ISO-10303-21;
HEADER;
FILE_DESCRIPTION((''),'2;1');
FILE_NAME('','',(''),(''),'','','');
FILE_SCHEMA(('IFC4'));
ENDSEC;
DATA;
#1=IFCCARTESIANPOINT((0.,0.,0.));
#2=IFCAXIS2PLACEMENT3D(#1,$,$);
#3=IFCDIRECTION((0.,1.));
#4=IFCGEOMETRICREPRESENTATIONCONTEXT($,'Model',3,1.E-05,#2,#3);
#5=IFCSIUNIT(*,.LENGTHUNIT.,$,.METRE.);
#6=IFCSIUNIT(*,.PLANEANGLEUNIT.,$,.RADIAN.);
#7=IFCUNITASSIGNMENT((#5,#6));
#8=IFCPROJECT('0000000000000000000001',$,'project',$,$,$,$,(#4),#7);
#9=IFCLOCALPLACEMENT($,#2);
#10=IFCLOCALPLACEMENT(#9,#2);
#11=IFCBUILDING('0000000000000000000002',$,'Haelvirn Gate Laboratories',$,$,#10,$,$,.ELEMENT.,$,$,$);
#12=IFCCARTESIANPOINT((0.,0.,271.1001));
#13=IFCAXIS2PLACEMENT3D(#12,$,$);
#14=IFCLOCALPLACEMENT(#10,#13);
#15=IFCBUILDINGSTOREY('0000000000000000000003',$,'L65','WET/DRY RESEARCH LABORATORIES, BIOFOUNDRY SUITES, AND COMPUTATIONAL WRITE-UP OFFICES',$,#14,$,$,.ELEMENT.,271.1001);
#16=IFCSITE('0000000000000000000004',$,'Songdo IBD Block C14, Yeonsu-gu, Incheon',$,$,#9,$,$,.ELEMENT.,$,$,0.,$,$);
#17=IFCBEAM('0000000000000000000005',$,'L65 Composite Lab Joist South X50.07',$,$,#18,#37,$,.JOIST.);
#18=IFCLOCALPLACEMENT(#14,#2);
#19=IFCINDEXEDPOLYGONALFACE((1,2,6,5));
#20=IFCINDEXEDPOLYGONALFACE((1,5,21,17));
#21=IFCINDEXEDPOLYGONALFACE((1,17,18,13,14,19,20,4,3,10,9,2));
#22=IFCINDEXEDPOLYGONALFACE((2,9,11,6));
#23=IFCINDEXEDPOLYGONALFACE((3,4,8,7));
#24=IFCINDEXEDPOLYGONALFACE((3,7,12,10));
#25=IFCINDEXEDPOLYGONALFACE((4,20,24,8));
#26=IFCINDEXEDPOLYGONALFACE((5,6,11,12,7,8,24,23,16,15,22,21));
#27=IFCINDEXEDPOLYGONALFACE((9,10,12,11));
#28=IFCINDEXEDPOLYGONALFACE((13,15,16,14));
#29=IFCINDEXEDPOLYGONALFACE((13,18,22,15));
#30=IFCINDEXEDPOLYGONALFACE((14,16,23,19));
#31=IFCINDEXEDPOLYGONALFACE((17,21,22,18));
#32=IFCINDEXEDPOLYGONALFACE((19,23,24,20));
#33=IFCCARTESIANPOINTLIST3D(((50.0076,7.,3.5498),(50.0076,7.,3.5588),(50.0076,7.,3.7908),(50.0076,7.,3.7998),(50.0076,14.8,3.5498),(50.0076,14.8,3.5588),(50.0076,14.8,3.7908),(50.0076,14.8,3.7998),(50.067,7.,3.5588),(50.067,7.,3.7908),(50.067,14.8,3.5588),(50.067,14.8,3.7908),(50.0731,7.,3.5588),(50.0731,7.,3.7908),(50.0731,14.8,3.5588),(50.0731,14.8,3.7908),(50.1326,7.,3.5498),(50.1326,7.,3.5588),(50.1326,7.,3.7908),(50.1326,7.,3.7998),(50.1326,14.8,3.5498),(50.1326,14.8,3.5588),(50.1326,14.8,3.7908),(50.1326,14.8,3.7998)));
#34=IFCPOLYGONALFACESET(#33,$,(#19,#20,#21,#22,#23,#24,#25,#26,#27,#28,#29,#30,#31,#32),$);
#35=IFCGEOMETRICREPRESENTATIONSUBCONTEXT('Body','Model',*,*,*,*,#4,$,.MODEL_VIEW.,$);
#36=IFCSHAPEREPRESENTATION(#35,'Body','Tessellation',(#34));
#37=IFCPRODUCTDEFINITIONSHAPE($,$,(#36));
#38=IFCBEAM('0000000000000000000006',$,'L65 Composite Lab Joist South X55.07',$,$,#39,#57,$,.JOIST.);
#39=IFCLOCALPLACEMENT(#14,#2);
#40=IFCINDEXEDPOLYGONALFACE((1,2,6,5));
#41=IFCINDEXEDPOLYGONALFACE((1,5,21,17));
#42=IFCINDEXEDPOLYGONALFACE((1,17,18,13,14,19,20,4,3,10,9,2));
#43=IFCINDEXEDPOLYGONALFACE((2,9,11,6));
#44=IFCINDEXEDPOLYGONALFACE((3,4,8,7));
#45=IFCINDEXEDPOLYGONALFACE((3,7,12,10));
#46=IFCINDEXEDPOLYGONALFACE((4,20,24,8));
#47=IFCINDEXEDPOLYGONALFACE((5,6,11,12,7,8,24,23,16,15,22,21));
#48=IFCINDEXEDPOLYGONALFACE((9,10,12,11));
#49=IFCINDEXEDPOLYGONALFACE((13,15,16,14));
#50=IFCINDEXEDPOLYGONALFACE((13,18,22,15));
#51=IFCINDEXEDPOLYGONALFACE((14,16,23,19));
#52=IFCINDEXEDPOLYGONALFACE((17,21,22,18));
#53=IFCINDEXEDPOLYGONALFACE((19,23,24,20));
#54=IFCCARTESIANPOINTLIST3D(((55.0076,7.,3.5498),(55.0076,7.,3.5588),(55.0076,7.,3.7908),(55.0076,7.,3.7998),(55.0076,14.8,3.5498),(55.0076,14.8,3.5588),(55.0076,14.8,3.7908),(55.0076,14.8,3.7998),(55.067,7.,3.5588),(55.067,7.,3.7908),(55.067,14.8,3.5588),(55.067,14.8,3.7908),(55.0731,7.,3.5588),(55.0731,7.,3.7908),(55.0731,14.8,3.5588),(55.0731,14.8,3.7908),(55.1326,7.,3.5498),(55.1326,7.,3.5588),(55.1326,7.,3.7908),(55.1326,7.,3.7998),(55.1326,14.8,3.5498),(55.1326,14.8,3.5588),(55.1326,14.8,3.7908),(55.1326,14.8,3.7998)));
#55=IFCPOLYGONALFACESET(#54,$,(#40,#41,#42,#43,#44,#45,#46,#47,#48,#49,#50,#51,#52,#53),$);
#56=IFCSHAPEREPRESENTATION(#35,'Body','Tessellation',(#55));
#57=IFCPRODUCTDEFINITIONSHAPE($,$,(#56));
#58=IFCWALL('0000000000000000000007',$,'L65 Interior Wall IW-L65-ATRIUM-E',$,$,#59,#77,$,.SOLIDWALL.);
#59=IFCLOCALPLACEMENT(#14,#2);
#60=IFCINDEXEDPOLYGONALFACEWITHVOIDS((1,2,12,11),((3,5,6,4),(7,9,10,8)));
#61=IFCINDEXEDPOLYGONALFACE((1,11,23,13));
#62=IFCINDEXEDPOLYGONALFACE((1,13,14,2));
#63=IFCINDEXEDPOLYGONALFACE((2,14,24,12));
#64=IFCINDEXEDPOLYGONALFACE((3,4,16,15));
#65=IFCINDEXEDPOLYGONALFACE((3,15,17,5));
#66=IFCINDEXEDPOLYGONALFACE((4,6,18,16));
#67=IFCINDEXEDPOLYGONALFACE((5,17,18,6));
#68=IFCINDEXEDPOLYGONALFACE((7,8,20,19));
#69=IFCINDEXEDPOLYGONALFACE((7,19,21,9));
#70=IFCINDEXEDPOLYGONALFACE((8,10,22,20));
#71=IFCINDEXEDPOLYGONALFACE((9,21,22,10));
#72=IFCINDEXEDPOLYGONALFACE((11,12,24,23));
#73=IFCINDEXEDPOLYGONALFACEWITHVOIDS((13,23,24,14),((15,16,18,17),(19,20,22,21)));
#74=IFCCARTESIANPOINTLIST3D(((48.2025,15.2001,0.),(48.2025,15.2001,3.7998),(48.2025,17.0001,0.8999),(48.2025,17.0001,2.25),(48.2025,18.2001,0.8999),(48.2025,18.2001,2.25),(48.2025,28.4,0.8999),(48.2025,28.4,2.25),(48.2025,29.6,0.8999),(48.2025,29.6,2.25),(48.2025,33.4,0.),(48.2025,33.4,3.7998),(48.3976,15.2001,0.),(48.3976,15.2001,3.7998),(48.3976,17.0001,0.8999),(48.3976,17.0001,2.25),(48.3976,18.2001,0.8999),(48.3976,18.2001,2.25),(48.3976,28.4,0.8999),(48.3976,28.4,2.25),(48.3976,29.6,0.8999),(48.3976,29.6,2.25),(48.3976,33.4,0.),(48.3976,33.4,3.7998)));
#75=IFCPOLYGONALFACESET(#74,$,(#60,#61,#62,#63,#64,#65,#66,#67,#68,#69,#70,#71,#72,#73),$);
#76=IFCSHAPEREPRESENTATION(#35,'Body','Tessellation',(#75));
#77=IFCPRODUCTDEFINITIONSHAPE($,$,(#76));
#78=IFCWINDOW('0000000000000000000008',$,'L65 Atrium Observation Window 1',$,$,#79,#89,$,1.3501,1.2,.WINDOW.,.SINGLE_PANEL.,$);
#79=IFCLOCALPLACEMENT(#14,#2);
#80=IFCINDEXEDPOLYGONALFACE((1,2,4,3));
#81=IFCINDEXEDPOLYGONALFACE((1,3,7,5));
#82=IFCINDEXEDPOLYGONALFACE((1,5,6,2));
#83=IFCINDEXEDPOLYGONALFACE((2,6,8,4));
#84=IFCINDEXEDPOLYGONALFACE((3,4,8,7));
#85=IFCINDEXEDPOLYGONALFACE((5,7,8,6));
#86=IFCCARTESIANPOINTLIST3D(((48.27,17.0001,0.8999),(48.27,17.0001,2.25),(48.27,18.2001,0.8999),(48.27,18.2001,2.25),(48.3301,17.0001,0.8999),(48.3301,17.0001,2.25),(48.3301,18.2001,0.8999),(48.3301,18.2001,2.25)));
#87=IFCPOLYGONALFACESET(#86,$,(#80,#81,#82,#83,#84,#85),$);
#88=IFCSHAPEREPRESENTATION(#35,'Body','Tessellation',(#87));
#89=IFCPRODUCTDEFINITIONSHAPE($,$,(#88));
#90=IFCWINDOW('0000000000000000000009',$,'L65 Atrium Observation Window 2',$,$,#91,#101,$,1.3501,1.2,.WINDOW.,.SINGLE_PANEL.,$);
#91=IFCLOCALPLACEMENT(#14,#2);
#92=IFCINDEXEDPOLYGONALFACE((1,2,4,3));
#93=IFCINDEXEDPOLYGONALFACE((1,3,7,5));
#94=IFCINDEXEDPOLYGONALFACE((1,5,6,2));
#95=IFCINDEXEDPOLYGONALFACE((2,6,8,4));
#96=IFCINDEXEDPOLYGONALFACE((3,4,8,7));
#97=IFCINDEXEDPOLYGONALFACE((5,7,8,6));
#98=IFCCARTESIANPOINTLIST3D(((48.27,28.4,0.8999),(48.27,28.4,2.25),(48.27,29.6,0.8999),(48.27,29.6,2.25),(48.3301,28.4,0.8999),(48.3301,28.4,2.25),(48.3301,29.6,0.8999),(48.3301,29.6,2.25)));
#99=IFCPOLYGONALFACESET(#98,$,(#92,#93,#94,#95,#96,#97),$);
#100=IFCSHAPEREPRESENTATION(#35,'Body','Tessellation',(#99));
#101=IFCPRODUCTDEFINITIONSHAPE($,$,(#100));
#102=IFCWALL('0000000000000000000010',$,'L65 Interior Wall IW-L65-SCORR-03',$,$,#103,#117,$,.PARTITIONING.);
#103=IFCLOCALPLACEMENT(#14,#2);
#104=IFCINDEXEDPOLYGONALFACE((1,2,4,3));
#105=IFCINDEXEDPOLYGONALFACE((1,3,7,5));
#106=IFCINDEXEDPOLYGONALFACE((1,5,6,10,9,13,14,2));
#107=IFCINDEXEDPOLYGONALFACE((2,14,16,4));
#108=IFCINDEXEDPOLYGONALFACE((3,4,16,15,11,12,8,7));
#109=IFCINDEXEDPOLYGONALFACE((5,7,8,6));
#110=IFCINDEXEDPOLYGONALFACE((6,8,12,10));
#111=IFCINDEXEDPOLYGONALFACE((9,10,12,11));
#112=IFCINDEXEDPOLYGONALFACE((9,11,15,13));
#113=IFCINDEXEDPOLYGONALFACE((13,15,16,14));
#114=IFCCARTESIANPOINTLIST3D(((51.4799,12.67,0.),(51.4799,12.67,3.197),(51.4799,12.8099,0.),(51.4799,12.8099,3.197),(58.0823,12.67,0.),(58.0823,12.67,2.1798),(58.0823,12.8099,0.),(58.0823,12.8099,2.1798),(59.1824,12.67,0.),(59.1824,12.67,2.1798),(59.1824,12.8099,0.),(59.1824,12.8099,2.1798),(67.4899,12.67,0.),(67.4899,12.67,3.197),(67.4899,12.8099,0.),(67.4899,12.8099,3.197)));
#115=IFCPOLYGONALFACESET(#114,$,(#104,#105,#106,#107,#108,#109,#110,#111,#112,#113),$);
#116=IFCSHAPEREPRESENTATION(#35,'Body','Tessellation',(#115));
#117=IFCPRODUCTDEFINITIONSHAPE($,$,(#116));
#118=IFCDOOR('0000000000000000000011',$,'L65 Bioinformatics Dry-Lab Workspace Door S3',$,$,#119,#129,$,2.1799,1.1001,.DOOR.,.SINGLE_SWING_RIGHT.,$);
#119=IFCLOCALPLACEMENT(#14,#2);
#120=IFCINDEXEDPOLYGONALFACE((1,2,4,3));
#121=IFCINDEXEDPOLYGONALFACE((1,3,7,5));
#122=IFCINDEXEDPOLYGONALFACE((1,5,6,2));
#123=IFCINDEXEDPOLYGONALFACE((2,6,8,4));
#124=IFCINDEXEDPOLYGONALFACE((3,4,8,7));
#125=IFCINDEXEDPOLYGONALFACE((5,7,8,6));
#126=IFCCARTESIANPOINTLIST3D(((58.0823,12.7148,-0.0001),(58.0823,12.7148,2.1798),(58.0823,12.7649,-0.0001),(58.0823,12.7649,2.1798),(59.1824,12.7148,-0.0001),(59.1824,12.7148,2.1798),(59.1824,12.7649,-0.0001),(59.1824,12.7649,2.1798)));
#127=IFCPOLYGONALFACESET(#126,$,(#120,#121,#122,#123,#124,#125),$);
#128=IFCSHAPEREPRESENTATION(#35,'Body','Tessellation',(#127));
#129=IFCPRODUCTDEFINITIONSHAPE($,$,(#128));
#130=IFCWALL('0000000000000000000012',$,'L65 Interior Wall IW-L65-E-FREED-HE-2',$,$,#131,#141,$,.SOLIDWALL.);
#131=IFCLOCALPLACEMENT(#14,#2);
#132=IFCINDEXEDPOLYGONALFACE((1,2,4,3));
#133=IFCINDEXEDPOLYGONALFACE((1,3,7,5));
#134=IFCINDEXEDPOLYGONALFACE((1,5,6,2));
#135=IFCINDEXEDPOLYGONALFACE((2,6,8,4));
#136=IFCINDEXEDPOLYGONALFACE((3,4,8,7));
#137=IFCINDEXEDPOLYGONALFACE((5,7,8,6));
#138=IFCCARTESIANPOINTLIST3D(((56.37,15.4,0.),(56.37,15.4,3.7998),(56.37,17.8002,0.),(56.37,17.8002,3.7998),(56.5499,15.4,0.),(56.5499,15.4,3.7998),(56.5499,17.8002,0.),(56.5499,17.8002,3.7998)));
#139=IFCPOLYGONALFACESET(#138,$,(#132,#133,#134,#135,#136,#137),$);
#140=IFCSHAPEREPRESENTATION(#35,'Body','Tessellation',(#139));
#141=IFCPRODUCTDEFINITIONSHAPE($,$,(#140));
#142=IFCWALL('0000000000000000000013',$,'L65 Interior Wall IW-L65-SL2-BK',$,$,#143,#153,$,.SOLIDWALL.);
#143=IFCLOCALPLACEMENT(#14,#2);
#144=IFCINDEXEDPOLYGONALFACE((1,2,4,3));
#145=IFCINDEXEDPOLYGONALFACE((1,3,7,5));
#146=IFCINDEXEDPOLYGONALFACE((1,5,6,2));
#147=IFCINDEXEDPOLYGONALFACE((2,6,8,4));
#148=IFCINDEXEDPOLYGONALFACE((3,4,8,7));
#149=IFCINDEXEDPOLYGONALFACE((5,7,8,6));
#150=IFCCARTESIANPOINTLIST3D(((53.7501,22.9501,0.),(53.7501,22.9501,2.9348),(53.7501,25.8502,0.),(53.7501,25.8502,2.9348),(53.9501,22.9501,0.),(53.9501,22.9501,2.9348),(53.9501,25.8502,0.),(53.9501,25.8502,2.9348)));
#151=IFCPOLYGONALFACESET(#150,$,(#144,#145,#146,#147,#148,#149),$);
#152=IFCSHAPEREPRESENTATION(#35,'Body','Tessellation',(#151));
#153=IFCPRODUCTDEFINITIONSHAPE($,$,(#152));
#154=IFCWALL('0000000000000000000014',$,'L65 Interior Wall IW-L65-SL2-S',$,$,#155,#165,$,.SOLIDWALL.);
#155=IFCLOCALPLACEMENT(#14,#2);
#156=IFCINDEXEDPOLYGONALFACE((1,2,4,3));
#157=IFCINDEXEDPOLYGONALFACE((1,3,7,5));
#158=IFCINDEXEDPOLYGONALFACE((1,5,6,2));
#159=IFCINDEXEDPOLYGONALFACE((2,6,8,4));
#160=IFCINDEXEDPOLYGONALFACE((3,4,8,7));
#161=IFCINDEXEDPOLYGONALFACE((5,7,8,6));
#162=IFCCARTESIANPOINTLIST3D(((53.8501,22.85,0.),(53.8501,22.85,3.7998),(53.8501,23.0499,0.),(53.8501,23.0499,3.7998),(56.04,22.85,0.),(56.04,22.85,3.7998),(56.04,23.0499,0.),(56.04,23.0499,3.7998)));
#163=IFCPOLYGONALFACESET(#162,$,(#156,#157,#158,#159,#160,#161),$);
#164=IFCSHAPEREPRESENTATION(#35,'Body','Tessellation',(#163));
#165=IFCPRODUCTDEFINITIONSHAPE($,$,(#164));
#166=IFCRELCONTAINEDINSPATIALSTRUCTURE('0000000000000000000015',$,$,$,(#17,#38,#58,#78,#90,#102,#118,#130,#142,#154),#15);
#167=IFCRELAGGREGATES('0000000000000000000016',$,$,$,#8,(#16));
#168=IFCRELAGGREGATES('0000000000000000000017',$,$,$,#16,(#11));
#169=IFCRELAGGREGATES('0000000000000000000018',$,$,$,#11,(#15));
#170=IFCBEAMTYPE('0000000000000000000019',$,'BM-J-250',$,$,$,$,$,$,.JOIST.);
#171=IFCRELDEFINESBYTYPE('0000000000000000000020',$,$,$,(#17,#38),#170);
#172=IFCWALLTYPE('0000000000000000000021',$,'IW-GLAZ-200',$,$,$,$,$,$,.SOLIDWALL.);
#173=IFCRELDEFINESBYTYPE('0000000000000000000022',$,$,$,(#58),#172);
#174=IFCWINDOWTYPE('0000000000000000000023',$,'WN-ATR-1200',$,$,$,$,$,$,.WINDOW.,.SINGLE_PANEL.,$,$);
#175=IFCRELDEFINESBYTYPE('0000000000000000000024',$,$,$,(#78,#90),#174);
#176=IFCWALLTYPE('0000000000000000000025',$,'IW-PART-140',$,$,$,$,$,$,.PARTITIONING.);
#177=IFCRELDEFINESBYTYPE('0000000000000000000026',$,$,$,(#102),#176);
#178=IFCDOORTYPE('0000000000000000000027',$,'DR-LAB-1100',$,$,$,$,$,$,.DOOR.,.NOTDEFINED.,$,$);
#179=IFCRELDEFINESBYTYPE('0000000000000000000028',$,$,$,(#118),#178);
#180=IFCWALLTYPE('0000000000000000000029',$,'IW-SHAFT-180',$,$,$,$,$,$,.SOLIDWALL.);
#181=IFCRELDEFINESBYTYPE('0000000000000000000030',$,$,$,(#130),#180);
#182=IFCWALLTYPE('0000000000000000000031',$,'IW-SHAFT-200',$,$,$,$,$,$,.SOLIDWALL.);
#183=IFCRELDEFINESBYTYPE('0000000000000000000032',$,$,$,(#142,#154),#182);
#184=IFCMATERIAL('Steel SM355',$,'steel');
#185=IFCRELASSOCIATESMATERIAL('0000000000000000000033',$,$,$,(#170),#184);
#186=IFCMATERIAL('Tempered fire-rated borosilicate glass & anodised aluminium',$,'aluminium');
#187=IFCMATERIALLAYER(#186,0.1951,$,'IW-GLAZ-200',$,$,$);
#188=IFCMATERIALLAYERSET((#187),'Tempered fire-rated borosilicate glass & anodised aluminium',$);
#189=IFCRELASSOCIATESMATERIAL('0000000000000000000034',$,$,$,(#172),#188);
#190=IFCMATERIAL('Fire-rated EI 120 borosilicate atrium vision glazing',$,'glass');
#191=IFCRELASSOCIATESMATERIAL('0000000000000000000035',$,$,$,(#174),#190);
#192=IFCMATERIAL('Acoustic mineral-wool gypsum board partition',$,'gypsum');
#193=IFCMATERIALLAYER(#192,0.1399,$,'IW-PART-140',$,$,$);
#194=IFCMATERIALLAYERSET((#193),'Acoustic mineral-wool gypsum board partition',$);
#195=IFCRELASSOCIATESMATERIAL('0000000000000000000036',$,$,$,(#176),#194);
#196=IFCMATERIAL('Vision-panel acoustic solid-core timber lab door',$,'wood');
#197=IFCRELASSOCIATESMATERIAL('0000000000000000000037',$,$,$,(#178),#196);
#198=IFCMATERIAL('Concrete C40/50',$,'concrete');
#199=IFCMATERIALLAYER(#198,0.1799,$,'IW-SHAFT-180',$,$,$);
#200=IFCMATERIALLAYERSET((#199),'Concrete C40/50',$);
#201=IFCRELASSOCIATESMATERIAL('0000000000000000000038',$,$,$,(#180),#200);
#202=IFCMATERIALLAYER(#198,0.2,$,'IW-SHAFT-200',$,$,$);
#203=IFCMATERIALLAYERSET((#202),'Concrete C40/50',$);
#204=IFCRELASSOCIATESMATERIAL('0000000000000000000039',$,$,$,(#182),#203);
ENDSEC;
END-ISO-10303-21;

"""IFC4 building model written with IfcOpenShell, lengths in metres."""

from ifc_helpers import new_model, si_unit, direction, frame, frame_2d, origin, origin_2d, place, context, subcontext, project, spatial, rectangle, i_section, extrude, source, transform, mapped, material, layer, layer_set, material_profile, profile_set, type_object, type_shapes, element, fill, save


model = new_model("IFC4")

# Units and contexts
model_context = context("Model", 3, precision=1e-05, world=origin(), true_north=direction((0.0, 1.0)))
body_context = subcontext(model_context, "Body", "Model", "MODEL_VIEW")
ifc_project = project(units=[si_unit("LENGTHUNIT", "METRE"), si_unit("PLANEANGLEUNIT", "RADIAN")], contexts=[model_context])

# Site, building, storey
site_placement = place(None, origin())
site = spatial("IfcSite", under=ifc_project, at=site_placement, Name="Songdo IBD Block C14, Yeonsu-gu, Incheon", CompositionType="ELEMENT", RefElevation=0.0)
building_placement = place(site_placement, origin())
building = spatial("IfcBuilding", under=site, at=building_placement, Name="Haelvirn Gate Laboratories", CompositionType="ELEMENT")
storey_placement = place(building_placement, frame((0.0, 0.0, 271.1001)))
storey = spatial("IfcBuildingStorey", under=building, at=storey_placement, Name="L65", Description="WET/DRY RESEARCH LABORATORIES, BIOFOUNDRY SUITES, AND COMPUTATIONAL WRITE-UP OFFICES", CompositionType="ELEMENT", Elevation=271.1001)

# Shared definitions
ifc_material_1 = material(Name="Steel SM355", Category="steel")

# Beams
ifc_material_profile_1 = material_profile(ifc_material_1, i_section(OverallWidth=0.125, OverallDepth=0.25, WebThickness=0.0061, FlangeThickness=0.009, at=origin_2d()), Name="H-250x125x6x9")
ifc_profile_set_1 = profile_set([ifc_material_profile_1], Name="Steel SM355")
beam_type_1 = type_object("IfcBeamType", Name="BM-J-250", PredefinedType="JOIST", material=ifc_profile_set_1)
shared_shape_1 = source(origin(), body_context, "Body", "SweptSolid", [
    extrude(i_section(OverallWidth=0.125, OverallDepth=0.25, WebThickness=0.0061, FlangeThickness=0.009, at=origin_2d()), origin(), (0.0, 0.0, 1.0), 7.8),
])
type_shapes(beam_type_1, [shared_shape_1])
for number, where, z_axis, x_axis, name in (
    (1, (50.0701, 7.0, 3.6748), (0.0, 1.0, 0.0), (-1.0, 0.0, 0.0), "L65 Composite Lab Joist South X50.07"),
    (2, (55.0701, 7.0, 3.6748), (0.0, 1.0, 0.0), (-1.0, 0.0, 0.0), "L65 Composite Lab Joist South X55.07"),
):
    element("IfcBeam", number, at=place(storey_placement, frame(where, z_axis=z_axis, x_axis=x_axis)), inside=storey, type_object=beam_type_1, Name=name, PredefinedType="JOIST", context=body_context, shape_type="MappedRepresentation", body=[
        mapped(shared_shape_1, transform((0.0, 0.0, 0.0), scale=1.0)),
    ])

# Wall, openings, windows
ifc_material_2 = material(Name="Tempered fire-rated borosilicate glass & anodised aluminium", Category="aluminium")
ifc_layer_1 = layer(ifc_material_2, 0.1951, Name="IW-GLAZ-200")
ifc_layer_set_1 = layer_set([ifc_layer_1], Name="Tempered fire-rated borosilicate glass & anodised aluminium")
wall_type_1 = type_object("IfcWallType", Name="IW-GLAZ-200", PredefinedType="SOLIDWALL", material=ifc_layer_set_1)
wall_1_placement = place(storey_placement, frame((48.3, 15.2, 0.0), z_axis=(0.0, 0.0, 1.0), x_axis=(0.0, 1.0, 0.0)))
wall_1 = element("IfcWall", 3, at=wall_1_placement, inside=storey, type_object=wall_type_1, Name="L65 Interior Wall IW-L65-ATRIUM-E", PredefinedType="SOLIDWALL", context=body_context, shape_type="SweptSolid", body=[
    extrude(rectangle(XDim=18.2, YDim=0.1951, at=frame_2d((9.1001, 0.0))), origin(), (0.0, 0.0, 1.0), 3.7998),
])
opening_1_placement = place(wall_1_placement, frame((1.8, 0.0, 0.8999)))
opening_1 = element("IfcOpeningElement", 4, at=opening_1_placement, cuts=wall_1, PredefinedType="OPENING", context=body_context, shape_type="SweptSolid", body=[
    extrude(rectangle(XDim=1.2, YDim=1.3501, at=frame_2d((0.6001, 0.675))), frame((0.0, 0.1074, 0.0), z_axis=(0.0, -1.0, 0.0), x_axis=(1.0, 0.0, 0.0)), (0.0, 0.0, 1.0), 0.2151),
])
opening_2_placement = place(wall_1_placement, frame((13.2, 0.0, 0.8999)))
opening_2 = element("IfcOpeningElement", 5, at=opening_2_placement, cuts=wall_1, PredefinedType="OPENING", context=body_context, shape_type="SweptSolid", body=[
    extrude(rectangle(XDim=1.2, YDim=1.3501, at=frame_2d((0.6001, 0.675))), frame((0.0, 0.1074, 0.0), z_axis=(0.0, -1.0, 0.0), x_axis=(1.0, 0.0, 0.0)), (0.0, 0.0, 1.0), 0.2151),
])
ifc_material_3 = material(Name="Fire-rated EI 120 borosilicate atrium vision glazing", Category="glass")
window_type = type_object("IfcWindowType", Name="WN-ATR-1200", PartitioningType="SINGLE_PANEL", PredefinedType="WINDOW", material=ifc_material_3)
shared_shape_2 = source(origin(), body_context, "Body", "SweptSolid", [
    extrude(rectangle(XDim=1.2, YDim=1.3501, at=frame_2d((0.6001, 0.675))), frame((0.0, 0.03, 0.0), z_axis=(0.0, -1.0, 0.0), x_axis=(1.0, 0.0, 0.0)), (0.0, 0.0, 1.0), 0.0601),
])
type_shapes(window_type, [shared_shape_2])
window_1_placement = place(opening_1_placement, origin())
window_1 = element("IfcWindow", 6, at=window_1_placement, inside=storey, type_object=window_type, Name="L65 Atrium Observation Window 1", OverallHeight=1.3501, OverallWidth=1.2, PartitioningType="SINGLE_PANEL", PredefinedType="WINDOW", context=body_context, shape_type="MappedRepresentation", body=[
    mapped(shared_shape_2, transform((0.0, 0.0, 0.0), scale=1.0)),
])
fill(opening_1, window_1)
window_2_placement = place(opening_2_placement, origin())
window_2 = element("IfcWindow", 7, at=window_2_placement, inside=storey, type_object=window_type, Name="L65 Atrium Observation Window 2", OverallHeight=1.3501, OverallWidth=1.2, PartitioningType="SINGLE_PANEL", PredefinedType="WINDOW", context=body_context, shape_type="MappedRepresentation", body=[
    mapped(shared_shape_2, transform((0.0, 0.0, 0.0), scale=1.0)),
])
fill(opening_2, window_2)

# Wall, opening, door
ifc_material_4 = material(Name="Acoustic mineral-wool gypsum board partition", Category="gypsum")
ifc_layer_2 = layer(ifc_material_4, 0.1399, Name="IW-PART-140")
ifc_layer_set_2 = layer_set([ifc_layer_2], Name="Acoustic mineral-wool gypsum board partition")
wall_type_2 = type_object("IfcWallType", Name="IW-PART-140", PredefinedType="PARTITIONING", material=ifc_layer_set_2)
wall_2_placement = place(storey_placement, frame((51.48, 12.74, 0.0), z_axis=(0.0, 0.0, 1.0), x_axis=(1.0, 0.0, 0.0)))
wall_2 = element("IfcWall", 8, at=wall_2_placement, inside=storey, type_object=wall_type_2, Name="L65 Interior Wall IW-L65-SCORR-03", PredefinedType="PARTITIONING", context=body_context, shape_type="SweptSolid", body=[
    extrude(rectangle(XDim=16.01, YDim=0.1399, at=frame_2d((8.0049, 0.0))), origin(), (0.0, 0.0, 1.0), 3.197),
])
opening_3_placement = place(wall_2_placement, frame((6.6023, 0.0, 0.0)))
opening_3 = element("IfcOpeningElement", 9, at=opening_3_placement, cuts=wall_2, PredefinedType="OPENING", context=body_context, shape_type="SweptSolid", body=[
    extrude(rectangle(XDim=1.1001, YDim=2.1799, at=frame_2d((0.55, 1.0898))), frame((0.0, 0.0801, 0.0), z_axis=(0.0, -1.0, 0.0), x_axis=(1.0, 0.0, 0.0)), (0.0, 0.0, 1.0), 0.1599),
])
ifc_material_5 = material(Name="Vision-panel acoustic solid-core timber lab door", Category="wood")
door_type_1 = type_object("IfcDoorType", Name="DR-LAB-1100", OperationType="NOTDEFINED", PredefinedType="DOOR", material=ifc_material_5)
shared_shape_3 = source(origin(), body_context, "Body", "SweptSolid", [
    extrude(rectangle(XDim=1.1001, YDim=2.1799, at=frame_2d((0.55, 1.0898))), frame((0.0, 0.0249, 0.0), z_axis=(0.0, -1.0, 0.0), x_axis=(1.0, 0.0, 0.0)), (0.0, 0.0, 1.0), 0.05),
])
type_shapes(door_type_1, [shared_shape_3])
door_1_placement = place(opening_3_placement, origin())
door_1 = element("IfcDoor", 10, at=door_1_placement, inside=storey, type_object=door_type_1, Name="L65 Bioinformatics Dry-Lab Workspace Door S3", OperationType="SINGLE_SWING_RIGHT", OverallHeight=2.1799, OverallWidth=1.1001, PredefinedType="DOOR", context=body_context, shape_type="MappedRepresentation", body=[
    mapped(shared_shape_3, transform((0.0, 0.0, 0.0), scale=1.0)),
])
fill(opening_3, door_1)

# Walls
ifc_material_6 = material(Name="Concrete C40/50", Category="concrete")
ifc_layer_3 = layer(ifc_material_6, 0.1799, Name="IW-SHAFT-180")
ifc_layer_set_3 = layer_set([ifc_layer_3], Name="Concrete C40/50")
wall_type_3 = type_object("IfcWallType", Name="IW-SHAFT-180", PredefinedType="SOLIDWALL", material=ifc_layer_set_3)
wall_3_placement = place(storey_placement, frame((56.46, 15.3999, 0.0), z_axis=(0.0, 0.0, 1.0), x_axis=(0.0, 1.0, 0.0)))
element("IfcWall", 11, at=wall_3_placement, inside=storey, type_object=wall_type_3, Name="L65 Interior Wall IW-L65-E-FREED-HE-2", PredefinedType="SOLIDWALL", context=body_context, shape_type="SweptSolid", body=[
    extrude(rectangle(XDim=2.4001, YDim=0.1799, at=frame_2d((1.2002, 0.0))), origin(), (0.0, 0.0, 1.0), 3.7998),
])
ifc_layer_4 = layer(ifc_material_6, 0.2, Name="IW-SHAFT-200")
ifc_layer_set_4 = layer_set([ifc_layer_4], Name="Concrete C40/50")
wall_type_4 = type_object("IfcWallType", Name="IW-SHAFT-200", PredefinedType="SOLIDWALL", material=ifc_layer_set_4)
wall_4_placement = place(storey_placement, frame((53.8501, 22.95, 0.0), z_axis=(0.0, 0.0, 1.0), x_axis=(0.0, 1.0, 0.0)))
element("IfcWall", 12, at=wall_4_placement, inside=storey, type_object=wall_type_4, Name="L65 Interior Wall IW-L65-SL2-BK", PredefinedType="SOLIDWALL", context=body_context, shape_type="SweptSolid", body=[
    extrude(rectangle(XDim=2.9001, YDim=0.2, at=frame_2d((1.4502, 0.0))), origin(), (0.0, 0.0, 1.0), 2.9348),
])
wall_5_placement = place(storey_placement, frame((53.8501, 22.95, 0.0), z_axis=(0.0, 0.0, 1.0), x_axis=(1.0, 0.0, 0.0)))
element("IfcWall", 13, at=wall_5_placement, inside=storey, type_object=wall_type_4, Name="L65 Interior Wall IW-L65-SL2-S", PredefinedType="SOLIDWALL", context=body_context, shape_type="SweptSolid", body=[
    extrude(rectangle(XDim=2.1899, YDim=0.2, at=frame_2d((1.095, 0.0))), origin(), (0.0, 0.0, 1.0), 3.7998),
])

save(model, "model.ifc")
